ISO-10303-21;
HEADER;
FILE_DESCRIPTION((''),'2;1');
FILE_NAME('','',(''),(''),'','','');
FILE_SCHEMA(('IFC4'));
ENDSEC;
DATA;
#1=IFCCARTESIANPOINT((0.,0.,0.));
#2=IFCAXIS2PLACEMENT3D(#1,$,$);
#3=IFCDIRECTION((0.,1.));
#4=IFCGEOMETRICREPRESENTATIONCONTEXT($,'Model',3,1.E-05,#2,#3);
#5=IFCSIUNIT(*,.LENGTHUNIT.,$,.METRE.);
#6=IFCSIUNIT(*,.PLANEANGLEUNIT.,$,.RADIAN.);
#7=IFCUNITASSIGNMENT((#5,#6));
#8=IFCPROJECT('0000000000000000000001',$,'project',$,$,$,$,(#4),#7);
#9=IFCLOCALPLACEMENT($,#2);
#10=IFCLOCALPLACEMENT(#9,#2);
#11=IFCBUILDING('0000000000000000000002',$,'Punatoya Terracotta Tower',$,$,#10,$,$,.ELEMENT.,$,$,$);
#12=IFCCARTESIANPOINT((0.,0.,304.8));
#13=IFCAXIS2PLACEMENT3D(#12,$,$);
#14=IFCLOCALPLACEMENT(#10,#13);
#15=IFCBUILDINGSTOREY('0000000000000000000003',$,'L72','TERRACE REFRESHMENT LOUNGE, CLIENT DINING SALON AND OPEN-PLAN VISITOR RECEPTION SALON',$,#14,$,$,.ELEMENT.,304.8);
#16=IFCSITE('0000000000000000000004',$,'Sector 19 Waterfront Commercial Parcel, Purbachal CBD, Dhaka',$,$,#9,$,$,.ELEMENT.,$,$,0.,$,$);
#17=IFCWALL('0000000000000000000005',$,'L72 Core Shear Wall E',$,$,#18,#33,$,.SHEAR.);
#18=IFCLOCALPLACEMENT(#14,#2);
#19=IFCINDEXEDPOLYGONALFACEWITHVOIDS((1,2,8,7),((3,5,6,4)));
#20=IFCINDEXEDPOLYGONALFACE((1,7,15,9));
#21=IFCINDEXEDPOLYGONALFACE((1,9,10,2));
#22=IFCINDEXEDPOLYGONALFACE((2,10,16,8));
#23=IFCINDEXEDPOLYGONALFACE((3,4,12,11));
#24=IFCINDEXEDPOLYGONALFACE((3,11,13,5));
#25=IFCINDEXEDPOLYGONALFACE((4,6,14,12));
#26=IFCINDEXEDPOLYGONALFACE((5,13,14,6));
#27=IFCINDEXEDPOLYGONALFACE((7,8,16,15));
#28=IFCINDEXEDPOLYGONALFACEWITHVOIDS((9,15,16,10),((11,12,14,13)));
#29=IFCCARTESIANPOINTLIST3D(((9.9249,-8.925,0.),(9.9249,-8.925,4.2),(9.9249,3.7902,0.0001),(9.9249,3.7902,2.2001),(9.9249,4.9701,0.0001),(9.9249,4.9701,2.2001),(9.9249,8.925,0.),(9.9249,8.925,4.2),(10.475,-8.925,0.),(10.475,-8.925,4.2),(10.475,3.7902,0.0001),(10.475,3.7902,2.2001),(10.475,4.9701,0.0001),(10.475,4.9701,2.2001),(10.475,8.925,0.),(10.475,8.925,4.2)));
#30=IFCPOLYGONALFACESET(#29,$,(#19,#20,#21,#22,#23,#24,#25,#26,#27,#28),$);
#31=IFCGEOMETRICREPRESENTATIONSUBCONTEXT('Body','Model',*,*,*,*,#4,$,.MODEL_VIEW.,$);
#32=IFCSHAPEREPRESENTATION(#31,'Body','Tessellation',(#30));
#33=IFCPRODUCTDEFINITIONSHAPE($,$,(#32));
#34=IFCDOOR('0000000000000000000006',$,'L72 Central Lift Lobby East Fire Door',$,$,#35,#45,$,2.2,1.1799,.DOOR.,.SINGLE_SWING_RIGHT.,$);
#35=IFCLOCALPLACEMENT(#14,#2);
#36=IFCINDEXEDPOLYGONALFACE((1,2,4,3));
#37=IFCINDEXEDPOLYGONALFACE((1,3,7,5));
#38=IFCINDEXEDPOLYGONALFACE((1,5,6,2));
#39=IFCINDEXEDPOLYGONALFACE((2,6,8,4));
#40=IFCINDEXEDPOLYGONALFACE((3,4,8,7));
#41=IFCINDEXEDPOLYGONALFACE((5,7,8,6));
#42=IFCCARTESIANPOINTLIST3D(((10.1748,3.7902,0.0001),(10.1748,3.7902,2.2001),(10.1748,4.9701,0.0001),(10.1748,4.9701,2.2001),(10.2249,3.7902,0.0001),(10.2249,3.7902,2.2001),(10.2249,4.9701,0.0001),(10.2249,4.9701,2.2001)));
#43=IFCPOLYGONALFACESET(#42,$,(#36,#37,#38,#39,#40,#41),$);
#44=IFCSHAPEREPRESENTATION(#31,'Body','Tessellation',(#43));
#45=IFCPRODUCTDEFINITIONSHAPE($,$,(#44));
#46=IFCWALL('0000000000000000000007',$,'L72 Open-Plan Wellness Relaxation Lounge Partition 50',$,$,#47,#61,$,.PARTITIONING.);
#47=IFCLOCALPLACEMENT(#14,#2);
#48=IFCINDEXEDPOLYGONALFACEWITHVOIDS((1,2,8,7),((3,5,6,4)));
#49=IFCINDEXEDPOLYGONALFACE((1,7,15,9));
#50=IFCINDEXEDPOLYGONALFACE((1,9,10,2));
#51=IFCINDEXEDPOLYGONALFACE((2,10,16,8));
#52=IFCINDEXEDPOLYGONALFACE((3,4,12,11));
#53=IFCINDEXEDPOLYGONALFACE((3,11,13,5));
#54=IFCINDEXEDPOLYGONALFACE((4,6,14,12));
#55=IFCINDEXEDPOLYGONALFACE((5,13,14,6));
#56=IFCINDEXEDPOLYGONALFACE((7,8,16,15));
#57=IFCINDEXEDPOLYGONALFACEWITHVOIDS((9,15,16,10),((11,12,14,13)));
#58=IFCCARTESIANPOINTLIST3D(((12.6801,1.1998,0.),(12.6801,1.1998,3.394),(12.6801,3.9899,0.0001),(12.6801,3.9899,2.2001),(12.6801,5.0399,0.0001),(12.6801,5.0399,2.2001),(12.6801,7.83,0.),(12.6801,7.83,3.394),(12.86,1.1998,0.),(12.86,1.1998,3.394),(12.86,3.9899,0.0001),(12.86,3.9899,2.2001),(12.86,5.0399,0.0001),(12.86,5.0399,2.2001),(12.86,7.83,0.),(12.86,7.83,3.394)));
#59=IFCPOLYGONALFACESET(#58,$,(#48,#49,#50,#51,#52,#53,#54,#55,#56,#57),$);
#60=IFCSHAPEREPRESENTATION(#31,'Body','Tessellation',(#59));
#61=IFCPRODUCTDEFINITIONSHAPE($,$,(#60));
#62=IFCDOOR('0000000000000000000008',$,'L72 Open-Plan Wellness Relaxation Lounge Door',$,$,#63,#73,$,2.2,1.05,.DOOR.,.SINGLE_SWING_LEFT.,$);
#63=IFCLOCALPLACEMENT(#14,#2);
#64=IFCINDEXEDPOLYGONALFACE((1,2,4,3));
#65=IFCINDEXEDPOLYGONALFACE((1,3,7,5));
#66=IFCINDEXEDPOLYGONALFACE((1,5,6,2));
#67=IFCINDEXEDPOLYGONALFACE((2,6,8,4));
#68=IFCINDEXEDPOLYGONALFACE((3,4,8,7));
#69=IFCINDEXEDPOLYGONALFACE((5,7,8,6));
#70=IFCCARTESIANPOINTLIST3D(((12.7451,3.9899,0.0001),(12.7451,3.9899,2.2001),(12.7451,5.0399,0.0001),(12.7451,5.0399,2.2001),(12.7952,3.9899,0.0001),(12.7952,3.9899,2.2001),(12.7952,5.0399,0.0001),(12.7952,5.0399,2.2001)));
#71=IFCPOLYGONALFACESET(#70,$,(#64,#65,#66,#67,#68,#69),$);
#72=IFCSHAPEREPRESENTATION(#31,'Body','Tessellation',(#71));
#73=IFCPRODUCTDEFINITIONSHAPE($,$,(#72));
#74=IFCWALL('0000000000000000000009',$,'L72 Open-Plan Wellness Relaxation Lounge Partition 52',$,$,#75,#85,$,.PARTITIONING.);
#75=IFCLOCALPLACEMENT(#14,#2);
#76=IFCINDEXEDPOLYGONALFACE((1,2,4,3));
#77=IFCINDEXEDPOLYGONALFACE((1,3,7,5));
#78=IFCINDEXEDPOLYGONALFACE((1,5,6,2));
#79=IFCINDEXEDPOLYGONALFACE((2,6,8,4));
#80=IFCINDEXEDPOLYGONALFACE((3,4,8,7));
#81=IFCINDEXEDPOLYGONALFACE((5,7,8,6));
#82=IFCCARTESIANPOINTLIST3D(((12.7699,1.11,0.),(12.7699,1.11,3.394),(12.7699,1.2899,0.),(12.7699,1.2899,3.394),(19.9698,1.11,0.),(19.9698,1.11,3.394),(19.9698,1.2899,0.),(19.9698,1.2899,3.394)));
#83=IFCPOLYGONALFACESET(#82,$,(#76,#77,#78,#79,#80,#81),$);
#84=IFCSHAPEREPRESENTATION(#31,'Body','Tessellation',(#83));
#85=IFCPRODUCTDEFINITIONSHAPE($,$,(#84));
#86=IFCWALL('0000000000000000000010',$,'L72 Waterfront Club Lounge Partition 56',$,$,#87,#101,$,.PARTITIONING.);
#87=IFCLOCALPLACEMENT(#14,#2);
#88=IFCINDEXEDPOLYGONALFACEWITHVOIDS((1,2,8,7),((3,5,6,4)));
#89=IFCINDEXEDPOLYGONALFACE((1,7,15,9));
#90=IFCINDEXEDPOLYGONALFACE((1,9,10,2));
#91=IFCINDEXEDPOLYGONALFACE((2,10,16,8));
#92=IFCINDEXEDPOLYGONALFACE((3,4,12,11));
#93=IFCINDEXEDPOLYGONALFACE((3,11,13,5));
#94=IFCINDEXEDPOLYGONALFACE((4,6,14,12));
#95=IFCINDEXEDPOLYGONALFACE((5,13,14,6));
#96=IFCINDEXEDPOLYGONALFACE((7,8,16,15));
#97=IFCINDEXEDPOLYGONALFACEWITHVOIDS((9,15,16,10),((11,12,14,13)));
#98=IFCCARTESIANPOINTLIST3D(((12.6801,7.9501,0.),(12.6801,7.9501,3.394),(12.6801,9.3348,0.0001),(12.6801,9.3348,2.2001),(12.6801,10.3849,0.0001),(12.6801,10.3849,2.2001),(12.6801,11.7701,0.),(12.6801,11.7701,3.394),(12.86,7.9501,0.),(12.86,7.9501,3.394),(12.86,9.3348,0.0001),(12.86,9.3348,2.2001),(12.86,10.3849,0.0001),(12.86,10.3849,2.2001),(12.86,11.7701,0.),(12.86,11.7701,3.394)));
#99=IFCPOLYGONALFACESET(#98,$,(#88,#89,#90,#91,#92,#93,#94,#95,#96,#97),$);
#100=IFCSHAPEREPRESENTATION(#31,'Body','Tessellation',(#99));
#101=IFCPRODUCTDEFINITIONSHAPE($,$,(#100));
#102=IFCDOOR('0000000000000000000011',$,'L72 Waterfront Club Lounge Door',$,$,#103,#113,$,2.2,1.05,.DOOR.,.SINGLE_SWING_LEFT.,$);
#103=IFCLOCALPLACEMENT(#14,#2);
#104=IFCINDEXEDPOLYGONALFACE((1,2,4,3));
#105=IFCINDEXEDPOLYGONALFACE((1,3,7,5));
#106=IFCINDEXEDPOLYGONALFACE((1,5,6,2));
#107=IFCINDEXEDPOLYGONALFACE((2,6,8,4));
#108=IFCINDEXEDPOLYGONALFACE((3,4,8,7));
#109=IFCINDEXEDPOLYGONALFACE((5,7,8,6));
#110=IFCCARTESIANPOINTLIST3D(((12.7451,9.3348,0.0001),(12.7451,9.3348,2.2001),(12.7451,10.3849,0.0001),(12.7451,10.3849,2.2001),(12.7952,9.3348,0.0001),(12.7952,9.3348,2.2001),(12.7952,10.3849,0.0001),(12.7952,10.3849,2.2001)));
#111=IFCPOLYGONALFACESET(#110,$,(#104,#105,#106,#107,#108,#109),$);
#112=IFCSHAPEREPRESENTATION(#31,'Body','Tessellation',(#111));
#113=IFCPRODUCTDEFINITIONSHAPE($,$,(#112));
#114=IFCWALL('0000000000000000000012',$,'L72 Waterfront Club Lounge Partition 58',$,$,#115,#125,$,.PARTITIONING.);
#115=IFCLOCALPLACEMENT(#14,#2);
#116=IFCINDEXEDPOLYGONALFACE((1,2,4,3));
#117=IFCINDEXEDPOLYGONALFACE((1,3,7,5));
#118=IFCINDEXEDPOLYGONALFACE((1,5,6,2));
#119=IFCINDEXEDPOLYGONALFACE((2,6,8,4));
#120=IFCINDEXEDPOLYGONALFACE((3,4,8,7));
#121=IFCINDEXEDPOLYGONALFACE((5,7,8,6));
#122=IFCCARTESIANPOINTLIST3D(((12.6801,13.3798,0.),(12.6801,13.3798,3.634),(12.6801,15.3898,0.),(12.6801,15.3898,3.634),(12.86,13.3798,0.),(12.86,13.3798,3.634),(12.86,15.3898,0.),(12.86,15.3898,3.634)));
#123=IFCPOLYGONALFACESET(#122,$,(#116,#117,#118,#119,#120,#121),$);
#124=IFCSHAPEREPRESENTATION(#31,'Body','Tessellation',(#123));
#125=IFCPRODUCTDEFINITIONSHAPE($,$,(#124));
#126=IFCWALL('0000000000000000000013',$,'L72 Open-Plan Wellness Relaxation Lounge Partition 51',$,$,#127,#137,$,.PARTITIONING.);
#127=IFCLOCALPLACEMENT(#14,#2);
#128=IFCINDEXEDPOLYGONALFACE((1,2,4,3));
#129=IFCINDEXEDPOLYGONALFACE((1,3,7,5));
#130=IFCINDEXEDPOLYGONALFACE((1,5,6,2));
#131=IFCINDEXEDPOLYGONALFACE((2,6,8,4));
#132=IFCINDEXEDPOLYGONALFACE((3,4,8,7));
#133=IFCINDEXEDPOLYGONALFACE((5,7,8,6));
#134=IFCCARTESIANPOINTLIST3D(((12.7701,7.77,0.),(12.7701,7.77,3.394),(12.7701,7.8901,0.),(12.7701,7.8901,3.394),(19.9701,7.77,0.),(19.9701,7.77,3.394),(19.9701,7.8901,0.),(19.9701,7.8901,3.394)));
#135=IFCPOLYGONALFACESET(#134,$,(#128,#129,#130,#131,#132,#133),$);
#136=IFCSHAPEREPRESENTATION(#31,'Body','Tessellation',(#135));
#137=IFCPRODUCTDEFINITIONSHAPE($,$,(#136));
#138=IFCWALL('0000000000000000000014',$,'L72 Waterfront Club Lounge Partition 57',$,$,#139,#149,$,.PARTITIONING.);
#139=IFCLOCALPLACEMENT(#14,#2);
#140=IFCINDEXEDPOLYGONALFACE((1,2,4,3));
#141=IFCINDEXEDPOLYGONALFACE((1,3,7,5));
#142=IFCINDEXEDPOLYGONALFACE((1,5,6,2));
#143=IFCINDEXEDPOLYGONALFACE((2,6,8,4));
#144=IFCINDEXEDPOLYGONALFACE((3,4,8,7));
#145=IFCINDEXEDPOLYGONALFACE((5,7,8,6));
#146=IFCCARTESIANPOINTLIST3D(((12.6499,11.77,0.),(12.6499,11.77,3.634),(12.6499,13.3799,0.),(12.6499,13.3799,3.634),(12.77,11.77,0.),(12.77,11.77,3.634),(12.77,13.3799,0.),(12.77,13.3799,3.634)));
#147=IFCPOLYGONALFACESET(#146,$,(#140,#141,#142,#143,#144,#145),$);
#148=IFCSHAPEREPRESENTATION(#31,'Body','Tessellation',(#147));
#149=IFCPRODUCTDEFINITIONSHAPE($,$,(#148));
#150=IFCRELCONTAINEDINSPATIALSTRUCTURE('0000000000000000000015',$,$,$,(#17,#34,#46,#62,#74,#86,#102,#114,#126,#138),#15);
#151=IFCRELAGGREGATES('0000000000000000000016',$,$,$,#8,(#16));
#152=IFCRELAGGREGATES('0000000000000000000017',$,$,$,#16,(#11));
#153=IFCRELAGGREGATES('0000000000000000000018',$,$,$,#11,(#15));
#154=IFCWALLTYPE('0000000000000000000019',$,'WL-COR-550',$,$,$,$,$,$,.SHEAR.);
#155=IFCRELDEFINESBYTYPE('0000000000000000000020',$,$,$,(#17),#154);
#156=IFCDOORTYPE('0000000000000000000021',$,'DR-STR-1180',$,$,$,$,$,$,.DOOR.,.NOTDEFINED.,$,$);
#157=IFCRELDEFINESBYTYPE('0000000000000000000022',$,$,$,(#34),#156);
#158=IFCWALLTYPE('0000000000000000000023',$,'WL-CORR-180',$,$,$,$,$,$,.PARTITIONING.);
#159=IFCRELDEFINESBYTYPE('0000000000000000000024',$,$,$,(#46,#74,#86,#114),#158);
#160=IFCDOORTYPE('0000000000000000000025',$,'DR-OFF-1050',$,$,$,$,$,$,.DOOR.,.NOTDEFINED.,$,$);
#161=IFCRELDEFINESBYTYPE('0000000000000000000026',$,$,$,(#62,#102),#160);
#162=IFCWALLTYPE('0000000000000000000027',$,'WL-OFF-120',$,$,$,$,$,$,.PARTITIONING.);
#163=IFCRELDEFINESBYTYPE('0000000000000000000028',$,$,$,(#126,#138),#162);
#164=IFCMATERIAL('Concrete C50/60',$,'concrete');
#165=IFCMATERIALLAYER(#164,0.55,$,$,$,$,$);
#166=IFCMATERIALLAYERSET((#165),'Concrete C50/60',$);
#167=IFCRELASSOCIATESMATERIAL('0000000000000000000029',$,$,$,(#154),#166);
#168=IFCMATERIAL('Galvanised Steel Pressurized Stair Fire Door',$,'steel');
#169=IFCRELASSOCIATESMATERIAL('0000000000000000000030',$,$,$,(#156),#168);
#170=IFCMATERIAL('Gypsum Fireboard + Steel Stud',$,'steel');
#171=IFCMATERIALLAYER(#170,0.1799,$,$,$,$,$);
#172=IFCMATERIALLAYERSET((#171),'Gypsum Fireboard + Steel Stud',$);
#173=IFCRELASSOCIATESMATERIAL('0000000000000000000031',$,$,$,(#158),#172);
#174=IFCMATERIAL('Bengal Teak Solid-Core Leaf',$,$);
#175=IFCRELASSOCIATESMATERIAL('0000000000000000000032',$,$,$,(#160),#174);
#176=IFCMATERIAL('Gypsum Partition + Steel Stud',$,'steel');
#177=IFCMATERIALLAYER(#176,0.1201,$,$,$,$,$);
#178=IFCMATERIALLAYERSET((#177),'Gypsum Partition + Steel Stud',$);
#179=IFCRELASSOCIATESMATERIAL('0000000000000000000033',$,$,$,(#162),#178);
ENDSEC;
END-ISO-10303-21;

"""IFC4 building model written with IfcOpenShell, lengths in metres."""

from ifc_helpers import new_model, si_unit, direction, frame, frame_2d, origin, place, context, subcontext, project, spatial, rectangle, extrude, material, layer, layer_set, type_object, element, fill, save


model = new_model("IFC4")

# Units and contexts
model_context = context("Model", 3, precision=1e-05, world=origin(), true_north=direction((0.0, 1.0)))
body_context = subcontext(model_context, "Body", "Model", "MODEL_VIEW")
ifc_project = project(units=[si_unit("LENGTHUNIT", "METRE"), si_unit("PLANEANGLEUNIT", "RADIAN")], contexts=[model_context])

# Site, building, storey
site_placement = place(None, origin())
site = spatial("IfcSite", under=ifc_project, at=site_placement, Name="Sector 19 Waterfront Commercial Parcel, Purbachal CBD, Dhaka", CompositionType="ELEMENT", RefElevation=0.0)
building_placement = place(site_placement, origin())
building = spatial("IfcBuilding", under=site, at=building_placement, Name="Punatoya Terracotta Tower", CompositionType="ELEMENT")
storey_placement = place(building_placement, frame((0.0, 0.0, 304.8)))
storey = spatial("IfcBuildingStorey", under=building, at=storey_placement, Name="L72", Description="TERRACE REFRESHMENT LOUNGE, CLIENT DINING SALON AND OPEN-PLAN VISITOR RECEPTION SALON", CompositionType="ELEMENT", Elevation=304.8)

# Walls, openings, doors
ifc_material_1 = material(Name="Concrete C50/60", Category="concrete")
ifc_layer_1 = layer(ifc_material_1, 0.55)
ifc_layer_set_1 = layer_set([ifc_layer_1], Name="Concrete C50/60")
wall_type_1 = type_object("IfcWallType", Name="WL-COR-550", PredefinedType="SHEAR", material=ifc_layer_set_1)
wall_1_placement = place(storey_placement, frame((10.2, 8.925, 0.0), z_axis=(0.0, 0.0, 1.0), x_axis=(0.0, -1.0, 0.0)))
wall_1 = element("IfcWall", 1, at=wall_1_placement, inside=storey, type_object=wall_type_1, Name="L72 Core Shear Wall E", PredefinedType="SHEAR", context=body_context, shape_type="SweptSolid", body=[
    extrude(rectangle(XDim=17.8501, YDim=0.55, at=frame_2d((8.925, 0.0))), origin(), (0.0, 0.0, 1.0), 4.2),
])
opening_1_placement = place(wall_1_placement, frame((3.9551, 0.0, 0.0)))
opening_1 = element("IfcOpeningElement", 2, at=opening_1_placement, cuts=wall_1, PredefinedType="OPENING", context=body_context, shape_type="SweptSolid", body=[
    extrude(rectangle(XDim=1.1799, YDim=2.2, at=frame_2d((0.5898, 1.1001))), frame((0.0, 0.2849, 0.0), z_axis=(0.0, -1.0, 0.0), x_axis=(1.0, 0.0, 0.0)), (0.0, 0.0, 1.0), 0.5701),
])
ifc_material_2 = material(Name="Galvanised Steel Pressurized Stair Fire Door", Category="steel")
door_type_1 = type_object("IfcDoorType", Name="DR-STR-1180", OperationType="NOTDEFINED", PredefinedType="DOOR", material=ifc_material_2)
door_1_placement = place(opening_1_placement, origin())
door_1 = element("IfcDoor", 3, at=door_1_placement, inside=storey, type_object=door_type_1, Name="L72 Central Lift Lobby East Fire Door", OperationType="SINGLE_SWING_RIGHT", OverallHeight=2.2, OverallWidth=1.1799, PredefinedType="DOOR", context=body_context, shape_type="SweptSolid", body=[
    extrude(rectangle(XDim=1.1799, YDim=2.2, at=frame_2d((0.5898, 1.1001))), frame((0.0, 0.0249, 0.0), z_axis=(0.0, -1.0, 0.0), x_axis=(1.0, 0.0, 0.0)), (0.0, 0.0, 1.0), 0.05),
])
fill(opening_1, door_1)
ifc_material_3 = material(Name="Gypsum Fireboard + Steel Stud", Category="steel")
ifc_layer_2 = layer(ifc_material_3, 0.1799)
ifc_layer_set_2 = layer_set([ifc_layer_2], Name="Gypsum Fireboard + Steel Stud")
wall_type_2 = type_object("IfcWallType", Name="WL-CORR-180", PredefinedType="PARTITIONING", material=ifc_layer_set_2)
wall_2_placement = place(storey_placement, frame((12.77, 1.2, 0.0), z_axis=(0.0, 0.0, 1.0), x_axis=(0.0, 1.0, 0.0)))
wall_2 = element("IfcWall", 4, at=wall_2_placement, inside=storey, type_object=wall_type_2, Name="L72 Open-Plan Wellness Relaxation Lounge Partition 50", PredefinedType="PARTITIONING", context=body_context, shape_type="SweptSolid", body=[
    extrude(rectangle(XDim=6.6301, YDim=0.1799, at=frame_2d((3.3149, 0.0))), origin(), (0.0, 0.0, 1.0), 3.394),
])
opening_2_placement = place(wall_2_placement, frame((2.79, 0.0, 0.0)))
opening_2 = element("IfcOpeningElement", 5, at=opening_2_placement, cuts=wall_2, PredefinedType="OPENING", context=body_context, shape_type="SweptSolid", body=[
    extrude(rectangle(XDim=1.05, YDim=2.2, at=frame_2d((0.5249, 1.1001))), frame((0.0, 0.0999, 0.0), z_axis=(0.0, -1.0, 0.0), x_axis=(1.0, 0.0, 0.0)), (0.0, 0.0, 1.0), 0.2),
])
ifc_material_4 = material(Name="Bengal Teak Solid-Core Leaf")
door_type_2 = type_object("IfcDoorType", Name="DR-OFF-1050", OperationType="NOTDEFINED", PredefinedType="DOOR", material=ifc_material_4)
door_2_placement = place(opening_2_placement, origin())
door_2 = element("IfcDoor", 6, at=door_2_placement, inside=storey, type_object=door_type_2, Name="L72 Open-Plan Wellness Relaxation Lounge Door", OperationType="SINGLE_SWING_LEFT", OverallHeight=2.2, OverallWidth=1.05, PredefinedType="DOOR", context=body_context, shape_type="SweptSolid", body=[
    extrude(rectangle(XDim=1.05, YDim=2.2, at=frame_2d((0.5249, 1.1001))), frame((0.0, 0.0249, 0.0), z_axis=(0.0, -1.0, 0.0), x_axis=(1.0, 0.0, 0.0)), (0.0, 0.0, 1.0), 0.05),
])
fill(opening_2, door_2)

# Wall
wall_3_placement = place(storey_placement, frame((19.97, 1.2, 0.0), z_axis=(0.0, 0.0, 1.0), x_axis=(-1.0, 0.0, 0.0)))
element("IfcWall", 7, at=wall_3_placement, inside=storey, type_object=wall_type_2, Name="L72 Open-Plan Wellness Relaxation Lounge Partition 52", PredefinedType="PARTITIONING", context=body_context, shape_type="SweptSolid", body=[
    extrude(rectangle(XDim=7.2, YDim=0.1799, at=frame_2d((3.6001, 0.0))), origin(), (0.0, 0.0, 1.0), 3.394),
])

# Wall, opening, door
wall_4_placement = place(storey_placement, frame((12.77, 7.95, 0.0), z_axis=(0.0, 0.0, 1.0), x_axis=(0.0, 1.0, 0.0)))
wall_4 = element("IfcWall", 8, at=wall_4_placement, inside=storey, type_object=wall_type_2, Name="L72 Waterfront Club Lounge Partition 56", PredefinedType="PARTITIONING", context=body_context, shape_type="SweptSolid", body=[
    extrude(rectangle(XDim=3.8201, YDim=0.1799, at=frame_2d((1.9102, 0.0))), origin(), (0.0, 0.0, 1.0), 3.394),
])
opening_3_placement = place(wall_4_placement, frame((1.385, 0.0, 0.0)))
opening_3 = element("IfcOpeningElement", 9, at=opening_3_placement, cuts=wall_4, PredefinedType="OPENING", context=body_context, shape_type="SweptSolid", body=[
    extrude(rectangle(XDim=1.05, YDim=2.2, at=frame_2d((0.5249, 1.1001))), frame((0.0, 0.0999, 0.0), z_axis=(0.0, -1.0, 0.0), x_axis=(1.0, 0.0, 0.0)), (0.0, 0.0, 1.0), 0.2),
])
door_3_placement = place(opening_3_placement, origin())
door_3 = element("IfcDoor", 10, at=door_3_placement, inside=storey, type_object=door_type_2, Name="L72 Waterfront Club Lounge Door", OperationType="SINGLE_SWING_LEFT", OverallHeight=2.2, OverallWidth=1.05, PredefinedType="DOOR", context=body_context, shape_type="SweptSolid", body=[
    extrude(rectangle(XDim=1.05, YDim=2.2, at=frame_2d((0.5249, 1.1001))), frame((0.0, 0.0249, 0.0), z_axis=(0.0, -1.0, 0.0), x_axis=(1.0, 0.0, 0.0)), (0.0, 0.0, 1.0), 0.05),
])
fill(opening_3, door_3)

# Walls
wall_5_placement = place(storey_placement, frame((12.77, 13.3799, 0.0), z_axis=(0.0, 0.0, 1.0), x_axis=(0.0, 1.0, 0.0)))
element("IfcWall", 11, at=wall_5_placement, inside=storey, type_object=wall_type_2, Name="L72 Waterfront Club Lounge Partition 58", PredefinedType="PARTITIONING", context=body_context, shape_type="SweptSolid", body=[
    extrude(rectangle(XDim=2.01, YDim=0.1799, at=frame_2d((1.0049, 0.0))), origin(), (0.0, 0.0, 1.0), 3.634),
])
ifc_material_5 = material(Name="Gypsum Partition + Steel Stud", Category="steel")
ifc_layer_3 = layer(ifc_material_5, 0.1201)
ifc_layer_set_3 = layer_set([ifc_layer_3], Name="Gypsum Partition + Steel Stud")
wall_type_3 = type_object("IfcWallType", Name="WL-OFF-120", PredefinedType="PARTITIONING", material=ifc_layer_set_3)
wall_6_placement = place(storey_placement, frame((12.77, 7.8301, 0.0), z_axis=(0.0, 0.0, 1.0), x_axis=(1.0, 0.0, 0.0)))
element("IfcWall", 12, at=wall_6_placement, inside=storey, type_object=wall_type_3, Name="L72 Open-Plan Wellness Relaxation Lounge Partition 51", PredefinedType="PARTITIONING", context=body_context, shape_type="SweptSolid", body=[
    extrude(rectangle(XDim=7.2, YDim=0.1201, at=frame_2d((3.6001, 0.0))), origin(), (0.0, 0.0, 1.0), 3.394),
])
wall_7_placement = place(storey_placement, frame((12.71, 11.77, 0.0), z_axis=(0.0, 0.0, 1.0), x_axis=(0.0, 1.0, 0.0)))
element("IfcWall", 13, at=wall_7_placement, inside=storey, type_object=wall_type_3, Name="L72 Waterfront Club Lounge Partition 57", PredefinedType="PARTITIONING", context=body_context, shape_type="SweptSolid", body=[
    extrude(rectangle(XDim=1.6099, YDim=0.1201, at=frame_2d((0.8049, 0.0))), origin(), (0.0, 0.0, 1.0), 3.634),
])

save(model, "model.ifc")
